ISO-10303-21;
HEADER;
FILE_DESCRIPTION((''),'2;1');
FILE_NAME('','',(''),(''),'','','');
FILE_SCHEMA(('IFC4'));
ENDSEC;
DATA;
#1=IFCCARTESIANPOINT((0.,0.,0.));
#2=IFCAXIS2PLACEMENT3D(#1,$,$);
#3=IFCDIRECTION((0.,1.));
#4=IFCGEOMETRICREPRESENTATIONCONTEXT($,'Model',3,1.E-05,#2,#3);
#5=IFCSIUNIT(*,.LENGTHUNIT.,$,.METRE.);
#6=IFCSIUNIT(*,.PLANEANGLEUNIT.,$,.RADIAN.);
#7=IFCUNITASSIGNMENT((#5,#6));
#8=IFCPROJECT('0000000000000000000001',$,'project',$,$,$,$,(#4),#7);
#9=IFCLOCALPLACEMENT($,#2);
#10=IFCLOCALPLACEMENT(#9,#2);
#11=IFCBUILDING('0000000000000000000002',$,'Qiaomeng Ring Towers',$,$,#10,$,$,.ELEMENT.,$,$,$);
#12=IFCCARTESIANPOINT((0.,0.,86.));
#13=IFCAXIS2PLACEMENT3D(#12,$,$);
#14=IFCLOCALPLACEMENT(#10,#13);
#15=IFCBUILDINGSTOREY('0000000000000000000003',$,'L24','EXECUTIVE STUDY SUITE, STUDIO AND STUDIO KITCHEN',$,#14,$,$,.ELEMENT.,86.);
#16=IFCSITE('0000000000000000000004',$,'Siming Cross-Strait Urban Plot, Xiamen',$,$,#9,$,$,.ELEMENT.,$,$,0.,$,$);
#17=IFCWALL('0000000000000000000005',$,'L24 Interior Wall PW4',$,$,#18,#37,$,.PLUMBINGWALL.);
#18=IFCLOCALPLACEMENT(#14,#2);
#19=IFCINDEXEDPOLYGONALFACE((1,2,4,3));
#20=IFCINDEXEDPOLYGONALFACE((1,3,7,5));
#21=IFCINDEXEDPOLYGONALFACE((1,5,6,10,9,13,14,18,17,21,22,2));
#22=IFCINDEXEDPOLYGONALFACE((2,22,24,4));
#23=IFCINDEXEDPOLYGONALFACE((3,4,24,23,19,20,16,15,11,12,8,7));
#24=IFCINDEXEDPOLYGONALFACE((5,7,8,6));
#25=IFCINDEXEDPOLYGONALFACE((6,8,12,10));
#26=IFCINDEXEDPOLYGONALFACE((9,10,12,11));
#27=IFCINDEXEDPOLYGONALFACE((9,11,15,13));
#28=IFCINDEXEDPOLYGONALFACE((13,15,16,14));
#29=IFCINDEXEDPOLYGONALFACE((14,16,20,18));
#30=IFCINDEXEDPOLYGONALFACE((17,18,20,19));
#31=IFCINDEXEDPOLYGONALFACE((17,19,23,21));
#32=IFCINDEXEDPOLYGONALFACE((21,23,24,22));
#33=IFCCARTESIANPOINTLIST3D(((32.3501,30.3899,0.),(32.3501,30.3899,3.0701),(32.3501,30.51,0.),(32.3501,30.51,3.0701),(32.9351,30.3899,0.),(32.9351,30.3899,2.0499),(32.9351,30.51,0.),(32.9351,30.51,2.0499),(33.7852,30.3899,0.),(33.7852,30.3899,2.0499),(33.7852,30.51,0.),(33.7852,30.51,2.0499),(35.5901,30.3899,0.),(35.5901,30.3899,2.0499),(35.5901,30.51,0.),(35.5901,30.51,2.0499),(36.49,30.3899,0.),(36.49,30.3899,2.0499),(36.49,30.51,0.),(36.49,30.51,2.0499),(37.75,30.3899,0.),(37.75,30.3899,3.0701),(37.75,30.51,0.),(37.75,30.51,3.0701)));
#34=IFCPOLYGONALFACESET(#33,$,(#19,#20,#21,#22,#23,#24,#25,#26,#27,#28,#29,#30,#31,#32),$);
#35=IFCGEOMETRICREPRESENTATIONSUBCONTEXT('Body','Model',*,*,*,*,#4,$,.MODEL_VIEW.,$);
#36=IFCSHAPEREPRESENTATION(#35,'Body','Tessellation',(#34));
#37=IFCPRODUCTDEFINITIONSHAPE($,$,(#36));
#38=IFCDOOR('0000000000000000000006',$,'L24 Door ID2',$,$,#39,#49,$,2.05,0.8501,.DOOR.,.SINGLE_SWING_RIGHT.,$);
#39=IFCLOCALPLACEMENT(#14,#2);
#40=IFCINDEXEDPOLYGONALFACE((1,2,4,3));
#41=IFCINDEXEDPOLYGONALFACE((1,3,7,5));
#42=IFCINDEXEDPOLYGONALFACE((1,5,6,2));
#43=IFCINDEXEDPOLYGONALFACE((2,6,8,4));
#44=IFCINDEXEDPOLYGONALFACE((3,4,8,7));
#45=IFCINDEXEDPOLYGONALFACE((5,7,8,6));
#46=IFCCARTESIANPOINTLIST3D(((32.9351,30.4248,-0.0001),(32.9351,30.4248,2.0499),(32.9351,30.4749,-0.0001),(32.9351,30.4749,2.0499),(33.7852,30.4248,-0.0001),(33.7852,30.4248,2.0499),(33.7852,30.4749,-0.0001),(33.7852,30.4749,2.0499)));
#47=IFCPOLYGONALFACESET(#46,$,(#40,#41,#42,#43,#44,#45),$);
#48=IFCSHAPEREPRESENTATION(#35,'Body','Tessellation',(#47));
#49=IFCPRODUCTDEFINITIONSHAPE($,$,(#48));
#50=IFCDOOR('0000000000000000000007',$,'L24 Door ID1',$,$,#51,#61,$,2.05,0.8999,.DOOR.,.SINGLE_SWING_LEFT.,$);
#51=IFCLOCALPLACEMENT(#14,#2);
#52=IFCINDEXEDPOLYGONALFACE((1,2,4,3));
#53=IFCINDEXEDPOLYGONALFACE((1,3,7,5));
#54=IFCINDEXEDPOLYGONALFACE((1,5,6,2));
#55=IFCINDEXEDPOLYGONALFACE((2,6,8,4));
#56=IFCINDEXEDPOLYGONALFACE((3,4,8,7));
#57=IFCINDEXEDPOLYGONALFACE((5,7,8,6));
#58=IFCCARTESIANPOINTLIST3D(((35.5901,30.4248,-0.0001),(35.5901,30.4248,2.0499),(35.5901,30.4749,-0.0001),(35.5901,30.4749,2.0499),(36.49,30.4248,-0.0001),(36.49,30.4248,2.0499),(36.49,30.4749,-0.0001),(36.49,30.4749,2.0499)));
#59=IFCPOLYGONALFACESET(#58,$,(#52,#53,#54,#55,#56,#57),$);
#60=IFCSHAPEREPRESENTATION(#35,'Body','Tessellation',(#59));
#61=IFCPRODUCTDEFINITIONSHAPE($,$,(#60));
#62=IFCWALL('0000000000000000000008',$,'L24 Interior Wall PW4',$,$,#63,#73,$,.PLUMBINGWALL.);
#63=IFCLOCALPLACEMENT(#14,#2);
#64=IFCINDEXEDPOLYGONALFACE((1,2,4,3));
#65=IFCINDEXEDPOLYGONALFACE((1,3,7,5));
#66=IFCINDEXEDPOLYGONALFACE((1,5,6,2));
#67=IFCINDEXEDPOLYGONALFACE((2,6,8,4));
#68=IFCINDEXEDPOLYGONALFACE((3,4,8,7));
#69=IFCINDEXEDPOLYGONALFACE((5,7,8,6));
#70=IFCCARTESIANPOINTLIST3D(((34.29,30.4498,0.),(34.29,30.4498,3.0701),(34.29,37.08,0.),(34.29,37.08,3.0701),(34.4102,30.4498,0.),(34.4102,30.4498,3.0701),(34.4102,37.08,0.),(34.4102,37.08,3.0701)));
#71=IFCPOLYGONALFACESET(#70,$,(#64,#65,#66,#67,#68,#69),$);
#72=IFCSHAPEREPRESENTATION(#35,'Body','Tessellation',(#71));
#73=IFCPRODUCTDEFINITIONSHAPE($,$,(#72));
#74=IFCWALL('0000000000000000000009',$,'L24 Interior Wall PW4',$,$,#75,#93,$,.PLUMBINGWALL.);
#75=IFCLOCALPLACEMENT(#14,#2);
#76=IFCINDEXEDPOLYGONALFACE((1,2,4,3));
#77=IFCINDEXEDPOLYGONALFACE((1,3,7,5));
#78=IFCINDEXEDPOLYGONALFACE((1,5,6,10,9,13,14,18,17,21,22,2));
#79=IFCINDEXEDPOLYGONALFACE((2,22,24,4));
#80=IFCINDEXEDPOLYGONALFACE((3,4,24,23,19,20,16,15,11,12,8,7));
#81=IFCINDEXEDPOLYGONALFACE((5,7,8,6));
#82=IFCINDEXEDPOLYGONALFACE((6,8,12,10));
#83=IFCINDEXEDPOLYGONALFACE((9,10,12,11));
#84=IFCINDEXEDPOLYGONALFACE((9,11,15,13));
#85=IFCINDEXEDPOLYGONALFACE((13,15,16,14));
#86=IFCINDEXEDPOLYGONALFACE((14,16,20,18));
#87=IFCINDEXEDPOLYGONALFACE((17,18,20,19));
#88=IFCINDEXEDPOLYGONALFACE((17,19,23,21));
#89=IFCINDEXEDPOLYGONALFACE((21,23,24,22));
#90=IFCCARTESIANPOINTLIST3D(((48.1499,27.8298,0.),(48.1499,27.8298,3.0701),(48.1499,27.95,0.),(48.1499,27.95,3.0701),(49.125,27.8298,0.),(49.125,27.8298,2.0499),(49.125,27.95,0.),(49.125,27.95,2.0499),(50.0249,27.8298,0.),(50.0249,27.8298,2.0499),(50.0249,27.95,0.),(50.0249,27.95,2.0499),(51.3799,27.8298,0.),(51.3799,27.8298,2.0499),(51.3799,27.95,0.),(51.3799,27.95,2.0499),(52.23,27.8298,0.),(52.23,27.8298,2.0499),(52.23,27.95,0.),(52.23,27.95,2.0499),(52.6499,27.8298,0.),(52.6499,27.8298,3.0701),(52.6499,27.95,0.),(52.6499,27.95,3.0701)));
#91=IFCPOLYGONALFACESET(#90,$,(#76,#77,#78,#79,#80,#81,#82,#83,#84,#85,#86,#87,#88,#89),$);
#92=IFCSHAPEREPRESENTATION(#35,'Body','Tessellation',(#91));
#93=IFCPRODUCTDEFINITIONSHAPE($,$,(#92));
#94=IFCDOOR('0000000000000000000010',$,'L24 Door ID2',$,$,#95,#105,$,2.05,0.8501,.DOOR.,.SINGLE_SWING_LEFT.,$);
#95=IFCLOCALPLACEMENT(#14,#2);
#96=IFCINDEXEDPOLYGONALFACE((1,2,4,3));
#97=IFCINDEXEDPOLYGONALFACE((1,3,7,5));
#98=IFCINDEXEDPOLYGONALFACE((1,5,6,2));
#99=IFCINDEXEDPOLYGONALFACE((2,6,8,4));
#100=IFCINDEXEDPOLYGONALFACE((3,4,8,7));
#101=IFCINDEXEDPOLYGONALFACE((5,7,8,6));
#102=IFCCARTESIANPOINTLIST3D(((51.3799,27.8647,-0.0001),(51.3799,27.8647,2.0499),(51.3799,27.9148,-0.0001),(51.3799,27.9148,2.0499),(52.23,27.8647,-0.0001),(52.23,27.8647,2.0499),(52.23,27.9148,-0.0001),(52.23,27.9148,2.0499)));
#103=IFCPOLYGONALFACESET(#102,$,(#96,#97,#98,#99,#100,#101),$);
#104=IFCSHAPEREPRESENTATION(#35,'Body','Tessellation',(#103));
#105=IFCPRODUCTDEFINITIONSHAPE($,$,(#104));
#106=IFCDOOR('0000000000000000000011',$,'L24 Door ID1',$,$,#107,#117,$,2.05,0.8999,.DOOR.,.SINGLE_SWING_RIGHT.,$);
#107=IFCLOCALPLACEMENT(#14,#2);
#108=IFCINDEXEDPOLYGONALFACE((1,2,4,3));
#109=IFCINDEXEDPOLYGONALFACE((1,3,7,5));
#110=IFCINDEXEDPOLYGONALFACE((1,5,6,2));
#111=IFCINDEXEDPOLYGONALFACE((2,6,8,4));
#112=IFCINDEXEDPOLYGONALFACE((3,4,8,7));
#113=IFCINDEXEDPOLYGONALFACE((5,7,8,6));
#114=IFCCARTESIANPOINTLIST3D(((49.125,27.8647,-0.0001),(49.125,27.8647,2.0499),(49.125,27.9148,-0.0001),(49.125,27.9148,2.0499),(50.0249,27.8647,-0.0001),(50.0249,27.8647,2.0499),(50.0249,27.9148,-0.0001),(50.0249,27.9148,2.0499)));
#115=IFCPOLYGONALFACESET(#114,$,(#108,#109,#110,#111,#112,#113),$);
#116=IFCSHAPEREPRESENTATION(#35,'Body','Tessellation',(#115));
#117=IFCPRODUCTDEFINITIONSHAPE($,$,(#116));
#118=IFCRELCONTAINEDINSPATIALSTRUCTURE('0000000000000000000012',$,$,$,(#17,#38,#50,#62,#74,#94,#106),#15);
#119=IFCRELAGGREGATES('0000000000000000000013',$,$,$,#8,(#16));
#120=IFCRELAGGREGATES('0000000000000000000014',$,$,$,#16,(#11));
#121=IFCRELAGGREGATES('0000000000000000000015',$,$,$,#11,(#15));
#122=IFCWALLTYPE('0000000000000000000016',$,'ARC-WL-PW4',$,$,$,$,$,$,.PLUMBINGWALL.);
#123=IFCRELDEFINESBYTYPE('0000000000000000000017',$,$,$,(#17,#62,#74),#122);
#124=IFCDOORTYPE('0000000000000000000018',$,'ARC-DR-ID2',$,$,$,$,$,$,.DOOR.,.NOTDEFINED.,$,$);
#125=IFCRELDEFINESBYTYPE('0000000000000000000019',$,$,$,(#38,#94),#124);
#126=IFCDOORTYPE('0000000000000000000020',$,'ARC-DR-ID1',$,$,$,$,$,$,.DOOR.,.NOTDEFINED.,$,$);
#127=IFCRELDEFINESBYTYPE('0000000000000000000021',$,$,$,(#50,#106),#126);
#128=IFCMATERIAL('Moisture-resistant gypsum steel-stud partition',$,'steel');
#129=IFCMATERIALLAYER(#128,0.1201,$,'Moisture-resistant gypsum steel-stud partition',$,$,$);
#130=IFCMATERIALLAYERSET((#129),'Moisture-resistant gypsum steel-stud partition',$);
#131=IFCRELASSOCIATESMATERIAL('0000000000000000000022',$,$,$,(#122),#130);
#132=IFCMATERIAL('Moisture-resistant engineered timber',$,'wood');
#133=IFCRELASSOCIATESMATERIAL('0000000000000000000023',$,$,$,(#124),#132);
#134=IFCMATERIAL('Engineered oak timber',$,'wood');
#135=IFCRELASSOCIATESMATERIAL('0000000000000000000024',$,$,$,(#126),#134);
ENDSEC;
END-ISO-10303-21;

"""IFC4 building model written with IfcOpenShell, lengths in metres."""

from ifc_helpers import new_model, si_unit, direction, frame, frame_2d, origin, place, context, subcontext, project, spatial, rectangle, extrude, source, transform, mapped, material, layer, layer_set, type_object, element, fill, save


model = new_model("IFC4")

# Units and contexts
model_context = context("Model", 3, precision=1e-05, world=origin(), true_north=direction((0.0, 1.0)))
body_context = subcontext(model_context, "Body", "Model", "MODEL_VIEW")
ifc_project = project(units=[si_unit("LENGTHUNIT", "METRE"), si_unit("PLANEANGLEUNIT", "RADIAN")], contexts=[model_context])

# Site, building, storey
site_placement = place(None, origin())
site = spatial("IfcSite", under=ifc_project, at=site_placement, Name="Siming Cross-Strait Urban Plot, Xiamen", CompositionType="ELEMENT", RefElevation=0.0)
building_placement = place(site_placement, origin())
building = spatial("IfcBuilding", under=site, at=building_placement, Name="Qiaomeng Ring Towers", CompositionType="ELEMENT")
storey_placement = place(building_placement, frame((0.0, 0.0, 86.0)))
storey = spatial("IfcBuildingStorey", under=building, at=storey_placement, Name="L24", Description="EXECUTIVE STUDY SUITE, STUDIO AND STUDIO KITCHEN", CompositionType="ELEMENT", Elevation=86.0)

# Wall, openings, doors
ifc_material_1 = material(Name="Moisture-resistant gypsum steel-stud partition", Category="steel")
ifc_layer_1 = layer(ifc_material_1, 0.1201, Name="Moisture-resistant gypsum steel-stud partition")
ifc_layer_set_1 = layer_set([ifc_layer_1], Name="Moisture-resistant gypsum steel-stud partition")
wall_type_1 = type_object("IfcWallType", Name="ARC-WL-PW4", PredefinedType="PLUMBINGWALL", material=ifc_layer_set_1)
wall_1_placement = place(storey_placement, frame((32.3501, 30.45, 0.0), z_axis=(0.0, 0.0, 1.0), x_axis=(1.0, 0.0, 0.0)))
wall_1 = element("IfcWall", 1, at=wall_1_placement, inside=storey, type_object=wall_type_1, Name="L24 Interior Wall PW4", PredefinedType="PLUMBINGWALL", context=body_context, shape_type="SweptSolid", body=[
    extrude(rectangle(XDim=5.3999, YDim=0.1201, at=frame_2d((2.7, 0.0))), origin(), (0.0, 0.0, 1.0), 3.0701),
])
opening_1_placement = place(wall_1_placement, frame((0.585, 0.0, 0.0)))
opening_1 = element("IfcOpeningElement", 2, at=opening_1_placement, cuts=wall_1, PredefinedType="OPENING", context=body_context, shape_type="SweptSolid", body=[
    extrude(rectangle(XDim=0.8501, YDim=2.05, at=frame_2d((0.425, 1.0249))), frame((0.0, 0.0701, 0.0), z_axis=(0.0, -1.0, 0.0), x_axis=(1.0, 0.0, 0.0)), (0.0, 0.0, 1.0), 0.1401),
])
opening_2_placement = place(wall_1_placement, frame((3.24, 0.0, 0.0)))
opening_2 = element("IfcOpeningElement", 3, at=opening_2_placement, cuts=wall_1, PredefinedType="OPENING", context=body_context, shape_type="SweptSolid", body=[
    extrude(rectangle(XDim=0.8999, YDim=2.05, at=frame_2d((0.45, 1.0249))), frame((0.0, 0.0701, 0.0), z_axis=(0.0, -1.0, 0.0), x_axis=(1.0, 0.0, 0.0)), (0.0, 0.0, 1.0), 0.1401),
])
ifc_material_2 = material(Name="Moisture-resistant engineered timber", Category="wood")
door_type_1 = type_object("IfcDoorType", Name="ARC-DR-ID2", OperationType="NOTDEFINED", PredefinedType="DOOR", material=ifc_material_2)
shared_shape_1 = source(origin(), body_context, "Body", "SweptSolid", [
    extrude(rectangle(XDim=0.8501, YDim=2.05, at=frame_2d((0.425, 1.0249))), frame((0.0, 0.0249, 0.0), z_axis=(0.0, -1.0, 0.0), x_axis=(1.0, 0.0, 0.0)), (0.0, 0.0, 1.0), 0.05),
])
door_1_placement = place(opening_1_placement, origin())
door_1 = element("IfcDoor", 4, at=door_1_placement, inside=storey, type_object=door_type_1, Name="L24 Door ID2", OperationType="SINGLE_SWING_RIGHT", OverallHeight=2.05, OverallWidth=0.8501, PredefinedType="DOOR", context=body_context, shape_type="MappedRepresentation", body=[
    mapped(shared_shape_1, transform((0.0, 0.0, 0.0), x_axis=(1.0, 0.0, 0.0), y_axis=(0.0, 1.0, 0.0), z_axis=(0.0, 0.0, 1.0), scale=1.0)),
])
fill(opening_1, door_1)
ifc_material_3 = material(Name="Engineered oak timber", Category="wood")
door_type_2 = type_object("IfcDoorType", Name="ARC-DR-ID1", OperationType="NOTDEFINED", PredefinedType="DOOR", material=ifc_material_3)
shared_shape_2 = source(origin(), body_context, "Body", "SweptSolid", [
    extrude(rectangle(XDim=0.8999, YDim=2.05, at=frame_2d((0.45, 1.0249))), frame((0.0, 0.0249, 0.0), z_axis=(0.0, -1.0, 0.0), x_axis=(1.0, 0.0, 0.0)), (0.0, 0.0, 1.0), 0.05),
])
door_2_placement = place(opening_2_placement, origin())
door_2 = element("IfcDoor", 5, at=door_2_placement, inside=storey, type_object=door_type_2, Name="L24 Door ID1", OperationType="SINGLE_SWING_LEFT", OverallHeight=2.05, OverallWidth=0.8999, PredefinedType="DOOR", context=body_context, shape_type="MappedRepresentation", body=[
    mapped(shared_shape_2, transform((0.0, 0.0, 0.0), x_axis=(1.0, 0.0, 0.0), y_axis=(0.0, 1.0, 0.0), z_axis=(0.0, 0.0, 1.0), scale=1.0)),
])
fill(opening_2, door_2)

# Wall
wall_2_placement = place(storey_placement, frame((34.3501, 30.45, 0.0), z_axis=(0.0, 0.0, 1.0), x_axis=(0.0, 1.0, 0.0)))
element("IfcWall", 6, at=wall_2_placement, inside=storey, type_object=wall_type_1, Name="L24 Interior Wall PW4", PredefinedType="PLUMBINGWALL", context=body_context, shape_type="SweptSolid", body=[
    extrude(rectangle(XDim=6.6301, YDim=0.1201, at=frame_2d((3.3149, 0.0))), origin(), (0.0, 0.0, 1.0), 3.0701),
])

# Wall, openings, doors
wall_3_placement = place(storey_placement, frame((48.1499, 27.8899, 0.0), z_axis=(0.0, 0.0, 1.0), x_axis=(1.0, 0.0, 0.0)))
wall_3 = element("IfcWall", 7, at=wall_3_placement, inside=storey, type_object=wall_type_1, Name="L24 Interior Wall PW4", PredefinedType="PLUMBINGWALL", context=body_context, shape_type="SweptSolid", body=[
    extrude(rectangle(XDim=4.5, YDim=0.1201, at=frame_2d((2.25, 0.0))), origin(), (0.0, 0.0, 1.0), 3.0701),
])
opening_3_placement = place(wall_3_placement, frame((0.9751, 0.0, 0.0)))
opening_3 = element("IfcOpeningElement", 8, at=opening_3_placement, cuts=wall_3, PredefinedType="OPENING", context=body_context, shape_type="SweptSolid", body=[
    extrude(rectangle(XDim=0.8999, YDim=2.05, at=frame_2d((0.45, 1.0249))), frame((0.0, 0.0701, 0.0), z_axis=(0.0, -1.0, 0.0), x_axis=(1.0, 0.0, 0.0)), (0.0, 0.0, 1.0), 0.1401),
])
opening_4_placement = place(wall_3_placement, frame((3.23, 0.0, 0.0)))
opening_4 = element("IfcOpeningElement", 9, at=opening_4_placement, cuts=wall_3, PredefinedType="OPENING", context=body_context, shape_type="SweptSolid", body=[
    extrude(rectangle(XDim=0.8501, YDim=2.05, at=frame_2d((0.425, 1.0249))), frame((0.0, 0.0701, 0.0), z_axis=(0.0, -1.0, 0.0), x_axis=(1.0, 0.0, 0.0)), (0.0, 0.0, 1.0), 0.1401),
])
door_3_placement = place(opening_4_placement, origin())
door_3 = element("IfcDoor", 10, at=door_3_placement, inside=storey, type_object=door_type_1, Name="L24 Door ID2", OperationType="SINGLE_SWING_LEFT", OverallHeight=2.05, OverallWidth=0.8501, PredefinedType="DOOR", context=body_context, shape_type="MappedRepresentation", body=[
    mapped(shared_shape_1, transform((0.0, 0.0, 0.0), x_axis=(1.0, 0.0, 0.0), y_axis=(0.0, 1.0, 0.0), z_axis=(0.0, 0.0, 1.0), scale=1.0)),
])
fill(opening_4, door_3)
door_4_placement = place(opening_3_placement, origin())
door_4 = element("IfcDoor", 11, at=door_4_placement, inside=storey, type_object=door_type_2, Name="L24 Door ID1", OperationType="SINGLE_SWING_RIGHT", OverallHeight=2.05, OverallWidth=0.8999, PredefinedType="DOOR", context=body_context, shape_type="MappedRepresentation", body=[
    mapped(shared_shape_2, transform((0.0, 0.0, 0.0), x_axis=(1.0, 0.0, 0.0), y_axis=(0.0, 1.0, 0.0), z_axis=(0.0, 0.0, 1.0), scale=1.0)),
])
fill(opening_3, door_4)

save(model, "model.ifc")
